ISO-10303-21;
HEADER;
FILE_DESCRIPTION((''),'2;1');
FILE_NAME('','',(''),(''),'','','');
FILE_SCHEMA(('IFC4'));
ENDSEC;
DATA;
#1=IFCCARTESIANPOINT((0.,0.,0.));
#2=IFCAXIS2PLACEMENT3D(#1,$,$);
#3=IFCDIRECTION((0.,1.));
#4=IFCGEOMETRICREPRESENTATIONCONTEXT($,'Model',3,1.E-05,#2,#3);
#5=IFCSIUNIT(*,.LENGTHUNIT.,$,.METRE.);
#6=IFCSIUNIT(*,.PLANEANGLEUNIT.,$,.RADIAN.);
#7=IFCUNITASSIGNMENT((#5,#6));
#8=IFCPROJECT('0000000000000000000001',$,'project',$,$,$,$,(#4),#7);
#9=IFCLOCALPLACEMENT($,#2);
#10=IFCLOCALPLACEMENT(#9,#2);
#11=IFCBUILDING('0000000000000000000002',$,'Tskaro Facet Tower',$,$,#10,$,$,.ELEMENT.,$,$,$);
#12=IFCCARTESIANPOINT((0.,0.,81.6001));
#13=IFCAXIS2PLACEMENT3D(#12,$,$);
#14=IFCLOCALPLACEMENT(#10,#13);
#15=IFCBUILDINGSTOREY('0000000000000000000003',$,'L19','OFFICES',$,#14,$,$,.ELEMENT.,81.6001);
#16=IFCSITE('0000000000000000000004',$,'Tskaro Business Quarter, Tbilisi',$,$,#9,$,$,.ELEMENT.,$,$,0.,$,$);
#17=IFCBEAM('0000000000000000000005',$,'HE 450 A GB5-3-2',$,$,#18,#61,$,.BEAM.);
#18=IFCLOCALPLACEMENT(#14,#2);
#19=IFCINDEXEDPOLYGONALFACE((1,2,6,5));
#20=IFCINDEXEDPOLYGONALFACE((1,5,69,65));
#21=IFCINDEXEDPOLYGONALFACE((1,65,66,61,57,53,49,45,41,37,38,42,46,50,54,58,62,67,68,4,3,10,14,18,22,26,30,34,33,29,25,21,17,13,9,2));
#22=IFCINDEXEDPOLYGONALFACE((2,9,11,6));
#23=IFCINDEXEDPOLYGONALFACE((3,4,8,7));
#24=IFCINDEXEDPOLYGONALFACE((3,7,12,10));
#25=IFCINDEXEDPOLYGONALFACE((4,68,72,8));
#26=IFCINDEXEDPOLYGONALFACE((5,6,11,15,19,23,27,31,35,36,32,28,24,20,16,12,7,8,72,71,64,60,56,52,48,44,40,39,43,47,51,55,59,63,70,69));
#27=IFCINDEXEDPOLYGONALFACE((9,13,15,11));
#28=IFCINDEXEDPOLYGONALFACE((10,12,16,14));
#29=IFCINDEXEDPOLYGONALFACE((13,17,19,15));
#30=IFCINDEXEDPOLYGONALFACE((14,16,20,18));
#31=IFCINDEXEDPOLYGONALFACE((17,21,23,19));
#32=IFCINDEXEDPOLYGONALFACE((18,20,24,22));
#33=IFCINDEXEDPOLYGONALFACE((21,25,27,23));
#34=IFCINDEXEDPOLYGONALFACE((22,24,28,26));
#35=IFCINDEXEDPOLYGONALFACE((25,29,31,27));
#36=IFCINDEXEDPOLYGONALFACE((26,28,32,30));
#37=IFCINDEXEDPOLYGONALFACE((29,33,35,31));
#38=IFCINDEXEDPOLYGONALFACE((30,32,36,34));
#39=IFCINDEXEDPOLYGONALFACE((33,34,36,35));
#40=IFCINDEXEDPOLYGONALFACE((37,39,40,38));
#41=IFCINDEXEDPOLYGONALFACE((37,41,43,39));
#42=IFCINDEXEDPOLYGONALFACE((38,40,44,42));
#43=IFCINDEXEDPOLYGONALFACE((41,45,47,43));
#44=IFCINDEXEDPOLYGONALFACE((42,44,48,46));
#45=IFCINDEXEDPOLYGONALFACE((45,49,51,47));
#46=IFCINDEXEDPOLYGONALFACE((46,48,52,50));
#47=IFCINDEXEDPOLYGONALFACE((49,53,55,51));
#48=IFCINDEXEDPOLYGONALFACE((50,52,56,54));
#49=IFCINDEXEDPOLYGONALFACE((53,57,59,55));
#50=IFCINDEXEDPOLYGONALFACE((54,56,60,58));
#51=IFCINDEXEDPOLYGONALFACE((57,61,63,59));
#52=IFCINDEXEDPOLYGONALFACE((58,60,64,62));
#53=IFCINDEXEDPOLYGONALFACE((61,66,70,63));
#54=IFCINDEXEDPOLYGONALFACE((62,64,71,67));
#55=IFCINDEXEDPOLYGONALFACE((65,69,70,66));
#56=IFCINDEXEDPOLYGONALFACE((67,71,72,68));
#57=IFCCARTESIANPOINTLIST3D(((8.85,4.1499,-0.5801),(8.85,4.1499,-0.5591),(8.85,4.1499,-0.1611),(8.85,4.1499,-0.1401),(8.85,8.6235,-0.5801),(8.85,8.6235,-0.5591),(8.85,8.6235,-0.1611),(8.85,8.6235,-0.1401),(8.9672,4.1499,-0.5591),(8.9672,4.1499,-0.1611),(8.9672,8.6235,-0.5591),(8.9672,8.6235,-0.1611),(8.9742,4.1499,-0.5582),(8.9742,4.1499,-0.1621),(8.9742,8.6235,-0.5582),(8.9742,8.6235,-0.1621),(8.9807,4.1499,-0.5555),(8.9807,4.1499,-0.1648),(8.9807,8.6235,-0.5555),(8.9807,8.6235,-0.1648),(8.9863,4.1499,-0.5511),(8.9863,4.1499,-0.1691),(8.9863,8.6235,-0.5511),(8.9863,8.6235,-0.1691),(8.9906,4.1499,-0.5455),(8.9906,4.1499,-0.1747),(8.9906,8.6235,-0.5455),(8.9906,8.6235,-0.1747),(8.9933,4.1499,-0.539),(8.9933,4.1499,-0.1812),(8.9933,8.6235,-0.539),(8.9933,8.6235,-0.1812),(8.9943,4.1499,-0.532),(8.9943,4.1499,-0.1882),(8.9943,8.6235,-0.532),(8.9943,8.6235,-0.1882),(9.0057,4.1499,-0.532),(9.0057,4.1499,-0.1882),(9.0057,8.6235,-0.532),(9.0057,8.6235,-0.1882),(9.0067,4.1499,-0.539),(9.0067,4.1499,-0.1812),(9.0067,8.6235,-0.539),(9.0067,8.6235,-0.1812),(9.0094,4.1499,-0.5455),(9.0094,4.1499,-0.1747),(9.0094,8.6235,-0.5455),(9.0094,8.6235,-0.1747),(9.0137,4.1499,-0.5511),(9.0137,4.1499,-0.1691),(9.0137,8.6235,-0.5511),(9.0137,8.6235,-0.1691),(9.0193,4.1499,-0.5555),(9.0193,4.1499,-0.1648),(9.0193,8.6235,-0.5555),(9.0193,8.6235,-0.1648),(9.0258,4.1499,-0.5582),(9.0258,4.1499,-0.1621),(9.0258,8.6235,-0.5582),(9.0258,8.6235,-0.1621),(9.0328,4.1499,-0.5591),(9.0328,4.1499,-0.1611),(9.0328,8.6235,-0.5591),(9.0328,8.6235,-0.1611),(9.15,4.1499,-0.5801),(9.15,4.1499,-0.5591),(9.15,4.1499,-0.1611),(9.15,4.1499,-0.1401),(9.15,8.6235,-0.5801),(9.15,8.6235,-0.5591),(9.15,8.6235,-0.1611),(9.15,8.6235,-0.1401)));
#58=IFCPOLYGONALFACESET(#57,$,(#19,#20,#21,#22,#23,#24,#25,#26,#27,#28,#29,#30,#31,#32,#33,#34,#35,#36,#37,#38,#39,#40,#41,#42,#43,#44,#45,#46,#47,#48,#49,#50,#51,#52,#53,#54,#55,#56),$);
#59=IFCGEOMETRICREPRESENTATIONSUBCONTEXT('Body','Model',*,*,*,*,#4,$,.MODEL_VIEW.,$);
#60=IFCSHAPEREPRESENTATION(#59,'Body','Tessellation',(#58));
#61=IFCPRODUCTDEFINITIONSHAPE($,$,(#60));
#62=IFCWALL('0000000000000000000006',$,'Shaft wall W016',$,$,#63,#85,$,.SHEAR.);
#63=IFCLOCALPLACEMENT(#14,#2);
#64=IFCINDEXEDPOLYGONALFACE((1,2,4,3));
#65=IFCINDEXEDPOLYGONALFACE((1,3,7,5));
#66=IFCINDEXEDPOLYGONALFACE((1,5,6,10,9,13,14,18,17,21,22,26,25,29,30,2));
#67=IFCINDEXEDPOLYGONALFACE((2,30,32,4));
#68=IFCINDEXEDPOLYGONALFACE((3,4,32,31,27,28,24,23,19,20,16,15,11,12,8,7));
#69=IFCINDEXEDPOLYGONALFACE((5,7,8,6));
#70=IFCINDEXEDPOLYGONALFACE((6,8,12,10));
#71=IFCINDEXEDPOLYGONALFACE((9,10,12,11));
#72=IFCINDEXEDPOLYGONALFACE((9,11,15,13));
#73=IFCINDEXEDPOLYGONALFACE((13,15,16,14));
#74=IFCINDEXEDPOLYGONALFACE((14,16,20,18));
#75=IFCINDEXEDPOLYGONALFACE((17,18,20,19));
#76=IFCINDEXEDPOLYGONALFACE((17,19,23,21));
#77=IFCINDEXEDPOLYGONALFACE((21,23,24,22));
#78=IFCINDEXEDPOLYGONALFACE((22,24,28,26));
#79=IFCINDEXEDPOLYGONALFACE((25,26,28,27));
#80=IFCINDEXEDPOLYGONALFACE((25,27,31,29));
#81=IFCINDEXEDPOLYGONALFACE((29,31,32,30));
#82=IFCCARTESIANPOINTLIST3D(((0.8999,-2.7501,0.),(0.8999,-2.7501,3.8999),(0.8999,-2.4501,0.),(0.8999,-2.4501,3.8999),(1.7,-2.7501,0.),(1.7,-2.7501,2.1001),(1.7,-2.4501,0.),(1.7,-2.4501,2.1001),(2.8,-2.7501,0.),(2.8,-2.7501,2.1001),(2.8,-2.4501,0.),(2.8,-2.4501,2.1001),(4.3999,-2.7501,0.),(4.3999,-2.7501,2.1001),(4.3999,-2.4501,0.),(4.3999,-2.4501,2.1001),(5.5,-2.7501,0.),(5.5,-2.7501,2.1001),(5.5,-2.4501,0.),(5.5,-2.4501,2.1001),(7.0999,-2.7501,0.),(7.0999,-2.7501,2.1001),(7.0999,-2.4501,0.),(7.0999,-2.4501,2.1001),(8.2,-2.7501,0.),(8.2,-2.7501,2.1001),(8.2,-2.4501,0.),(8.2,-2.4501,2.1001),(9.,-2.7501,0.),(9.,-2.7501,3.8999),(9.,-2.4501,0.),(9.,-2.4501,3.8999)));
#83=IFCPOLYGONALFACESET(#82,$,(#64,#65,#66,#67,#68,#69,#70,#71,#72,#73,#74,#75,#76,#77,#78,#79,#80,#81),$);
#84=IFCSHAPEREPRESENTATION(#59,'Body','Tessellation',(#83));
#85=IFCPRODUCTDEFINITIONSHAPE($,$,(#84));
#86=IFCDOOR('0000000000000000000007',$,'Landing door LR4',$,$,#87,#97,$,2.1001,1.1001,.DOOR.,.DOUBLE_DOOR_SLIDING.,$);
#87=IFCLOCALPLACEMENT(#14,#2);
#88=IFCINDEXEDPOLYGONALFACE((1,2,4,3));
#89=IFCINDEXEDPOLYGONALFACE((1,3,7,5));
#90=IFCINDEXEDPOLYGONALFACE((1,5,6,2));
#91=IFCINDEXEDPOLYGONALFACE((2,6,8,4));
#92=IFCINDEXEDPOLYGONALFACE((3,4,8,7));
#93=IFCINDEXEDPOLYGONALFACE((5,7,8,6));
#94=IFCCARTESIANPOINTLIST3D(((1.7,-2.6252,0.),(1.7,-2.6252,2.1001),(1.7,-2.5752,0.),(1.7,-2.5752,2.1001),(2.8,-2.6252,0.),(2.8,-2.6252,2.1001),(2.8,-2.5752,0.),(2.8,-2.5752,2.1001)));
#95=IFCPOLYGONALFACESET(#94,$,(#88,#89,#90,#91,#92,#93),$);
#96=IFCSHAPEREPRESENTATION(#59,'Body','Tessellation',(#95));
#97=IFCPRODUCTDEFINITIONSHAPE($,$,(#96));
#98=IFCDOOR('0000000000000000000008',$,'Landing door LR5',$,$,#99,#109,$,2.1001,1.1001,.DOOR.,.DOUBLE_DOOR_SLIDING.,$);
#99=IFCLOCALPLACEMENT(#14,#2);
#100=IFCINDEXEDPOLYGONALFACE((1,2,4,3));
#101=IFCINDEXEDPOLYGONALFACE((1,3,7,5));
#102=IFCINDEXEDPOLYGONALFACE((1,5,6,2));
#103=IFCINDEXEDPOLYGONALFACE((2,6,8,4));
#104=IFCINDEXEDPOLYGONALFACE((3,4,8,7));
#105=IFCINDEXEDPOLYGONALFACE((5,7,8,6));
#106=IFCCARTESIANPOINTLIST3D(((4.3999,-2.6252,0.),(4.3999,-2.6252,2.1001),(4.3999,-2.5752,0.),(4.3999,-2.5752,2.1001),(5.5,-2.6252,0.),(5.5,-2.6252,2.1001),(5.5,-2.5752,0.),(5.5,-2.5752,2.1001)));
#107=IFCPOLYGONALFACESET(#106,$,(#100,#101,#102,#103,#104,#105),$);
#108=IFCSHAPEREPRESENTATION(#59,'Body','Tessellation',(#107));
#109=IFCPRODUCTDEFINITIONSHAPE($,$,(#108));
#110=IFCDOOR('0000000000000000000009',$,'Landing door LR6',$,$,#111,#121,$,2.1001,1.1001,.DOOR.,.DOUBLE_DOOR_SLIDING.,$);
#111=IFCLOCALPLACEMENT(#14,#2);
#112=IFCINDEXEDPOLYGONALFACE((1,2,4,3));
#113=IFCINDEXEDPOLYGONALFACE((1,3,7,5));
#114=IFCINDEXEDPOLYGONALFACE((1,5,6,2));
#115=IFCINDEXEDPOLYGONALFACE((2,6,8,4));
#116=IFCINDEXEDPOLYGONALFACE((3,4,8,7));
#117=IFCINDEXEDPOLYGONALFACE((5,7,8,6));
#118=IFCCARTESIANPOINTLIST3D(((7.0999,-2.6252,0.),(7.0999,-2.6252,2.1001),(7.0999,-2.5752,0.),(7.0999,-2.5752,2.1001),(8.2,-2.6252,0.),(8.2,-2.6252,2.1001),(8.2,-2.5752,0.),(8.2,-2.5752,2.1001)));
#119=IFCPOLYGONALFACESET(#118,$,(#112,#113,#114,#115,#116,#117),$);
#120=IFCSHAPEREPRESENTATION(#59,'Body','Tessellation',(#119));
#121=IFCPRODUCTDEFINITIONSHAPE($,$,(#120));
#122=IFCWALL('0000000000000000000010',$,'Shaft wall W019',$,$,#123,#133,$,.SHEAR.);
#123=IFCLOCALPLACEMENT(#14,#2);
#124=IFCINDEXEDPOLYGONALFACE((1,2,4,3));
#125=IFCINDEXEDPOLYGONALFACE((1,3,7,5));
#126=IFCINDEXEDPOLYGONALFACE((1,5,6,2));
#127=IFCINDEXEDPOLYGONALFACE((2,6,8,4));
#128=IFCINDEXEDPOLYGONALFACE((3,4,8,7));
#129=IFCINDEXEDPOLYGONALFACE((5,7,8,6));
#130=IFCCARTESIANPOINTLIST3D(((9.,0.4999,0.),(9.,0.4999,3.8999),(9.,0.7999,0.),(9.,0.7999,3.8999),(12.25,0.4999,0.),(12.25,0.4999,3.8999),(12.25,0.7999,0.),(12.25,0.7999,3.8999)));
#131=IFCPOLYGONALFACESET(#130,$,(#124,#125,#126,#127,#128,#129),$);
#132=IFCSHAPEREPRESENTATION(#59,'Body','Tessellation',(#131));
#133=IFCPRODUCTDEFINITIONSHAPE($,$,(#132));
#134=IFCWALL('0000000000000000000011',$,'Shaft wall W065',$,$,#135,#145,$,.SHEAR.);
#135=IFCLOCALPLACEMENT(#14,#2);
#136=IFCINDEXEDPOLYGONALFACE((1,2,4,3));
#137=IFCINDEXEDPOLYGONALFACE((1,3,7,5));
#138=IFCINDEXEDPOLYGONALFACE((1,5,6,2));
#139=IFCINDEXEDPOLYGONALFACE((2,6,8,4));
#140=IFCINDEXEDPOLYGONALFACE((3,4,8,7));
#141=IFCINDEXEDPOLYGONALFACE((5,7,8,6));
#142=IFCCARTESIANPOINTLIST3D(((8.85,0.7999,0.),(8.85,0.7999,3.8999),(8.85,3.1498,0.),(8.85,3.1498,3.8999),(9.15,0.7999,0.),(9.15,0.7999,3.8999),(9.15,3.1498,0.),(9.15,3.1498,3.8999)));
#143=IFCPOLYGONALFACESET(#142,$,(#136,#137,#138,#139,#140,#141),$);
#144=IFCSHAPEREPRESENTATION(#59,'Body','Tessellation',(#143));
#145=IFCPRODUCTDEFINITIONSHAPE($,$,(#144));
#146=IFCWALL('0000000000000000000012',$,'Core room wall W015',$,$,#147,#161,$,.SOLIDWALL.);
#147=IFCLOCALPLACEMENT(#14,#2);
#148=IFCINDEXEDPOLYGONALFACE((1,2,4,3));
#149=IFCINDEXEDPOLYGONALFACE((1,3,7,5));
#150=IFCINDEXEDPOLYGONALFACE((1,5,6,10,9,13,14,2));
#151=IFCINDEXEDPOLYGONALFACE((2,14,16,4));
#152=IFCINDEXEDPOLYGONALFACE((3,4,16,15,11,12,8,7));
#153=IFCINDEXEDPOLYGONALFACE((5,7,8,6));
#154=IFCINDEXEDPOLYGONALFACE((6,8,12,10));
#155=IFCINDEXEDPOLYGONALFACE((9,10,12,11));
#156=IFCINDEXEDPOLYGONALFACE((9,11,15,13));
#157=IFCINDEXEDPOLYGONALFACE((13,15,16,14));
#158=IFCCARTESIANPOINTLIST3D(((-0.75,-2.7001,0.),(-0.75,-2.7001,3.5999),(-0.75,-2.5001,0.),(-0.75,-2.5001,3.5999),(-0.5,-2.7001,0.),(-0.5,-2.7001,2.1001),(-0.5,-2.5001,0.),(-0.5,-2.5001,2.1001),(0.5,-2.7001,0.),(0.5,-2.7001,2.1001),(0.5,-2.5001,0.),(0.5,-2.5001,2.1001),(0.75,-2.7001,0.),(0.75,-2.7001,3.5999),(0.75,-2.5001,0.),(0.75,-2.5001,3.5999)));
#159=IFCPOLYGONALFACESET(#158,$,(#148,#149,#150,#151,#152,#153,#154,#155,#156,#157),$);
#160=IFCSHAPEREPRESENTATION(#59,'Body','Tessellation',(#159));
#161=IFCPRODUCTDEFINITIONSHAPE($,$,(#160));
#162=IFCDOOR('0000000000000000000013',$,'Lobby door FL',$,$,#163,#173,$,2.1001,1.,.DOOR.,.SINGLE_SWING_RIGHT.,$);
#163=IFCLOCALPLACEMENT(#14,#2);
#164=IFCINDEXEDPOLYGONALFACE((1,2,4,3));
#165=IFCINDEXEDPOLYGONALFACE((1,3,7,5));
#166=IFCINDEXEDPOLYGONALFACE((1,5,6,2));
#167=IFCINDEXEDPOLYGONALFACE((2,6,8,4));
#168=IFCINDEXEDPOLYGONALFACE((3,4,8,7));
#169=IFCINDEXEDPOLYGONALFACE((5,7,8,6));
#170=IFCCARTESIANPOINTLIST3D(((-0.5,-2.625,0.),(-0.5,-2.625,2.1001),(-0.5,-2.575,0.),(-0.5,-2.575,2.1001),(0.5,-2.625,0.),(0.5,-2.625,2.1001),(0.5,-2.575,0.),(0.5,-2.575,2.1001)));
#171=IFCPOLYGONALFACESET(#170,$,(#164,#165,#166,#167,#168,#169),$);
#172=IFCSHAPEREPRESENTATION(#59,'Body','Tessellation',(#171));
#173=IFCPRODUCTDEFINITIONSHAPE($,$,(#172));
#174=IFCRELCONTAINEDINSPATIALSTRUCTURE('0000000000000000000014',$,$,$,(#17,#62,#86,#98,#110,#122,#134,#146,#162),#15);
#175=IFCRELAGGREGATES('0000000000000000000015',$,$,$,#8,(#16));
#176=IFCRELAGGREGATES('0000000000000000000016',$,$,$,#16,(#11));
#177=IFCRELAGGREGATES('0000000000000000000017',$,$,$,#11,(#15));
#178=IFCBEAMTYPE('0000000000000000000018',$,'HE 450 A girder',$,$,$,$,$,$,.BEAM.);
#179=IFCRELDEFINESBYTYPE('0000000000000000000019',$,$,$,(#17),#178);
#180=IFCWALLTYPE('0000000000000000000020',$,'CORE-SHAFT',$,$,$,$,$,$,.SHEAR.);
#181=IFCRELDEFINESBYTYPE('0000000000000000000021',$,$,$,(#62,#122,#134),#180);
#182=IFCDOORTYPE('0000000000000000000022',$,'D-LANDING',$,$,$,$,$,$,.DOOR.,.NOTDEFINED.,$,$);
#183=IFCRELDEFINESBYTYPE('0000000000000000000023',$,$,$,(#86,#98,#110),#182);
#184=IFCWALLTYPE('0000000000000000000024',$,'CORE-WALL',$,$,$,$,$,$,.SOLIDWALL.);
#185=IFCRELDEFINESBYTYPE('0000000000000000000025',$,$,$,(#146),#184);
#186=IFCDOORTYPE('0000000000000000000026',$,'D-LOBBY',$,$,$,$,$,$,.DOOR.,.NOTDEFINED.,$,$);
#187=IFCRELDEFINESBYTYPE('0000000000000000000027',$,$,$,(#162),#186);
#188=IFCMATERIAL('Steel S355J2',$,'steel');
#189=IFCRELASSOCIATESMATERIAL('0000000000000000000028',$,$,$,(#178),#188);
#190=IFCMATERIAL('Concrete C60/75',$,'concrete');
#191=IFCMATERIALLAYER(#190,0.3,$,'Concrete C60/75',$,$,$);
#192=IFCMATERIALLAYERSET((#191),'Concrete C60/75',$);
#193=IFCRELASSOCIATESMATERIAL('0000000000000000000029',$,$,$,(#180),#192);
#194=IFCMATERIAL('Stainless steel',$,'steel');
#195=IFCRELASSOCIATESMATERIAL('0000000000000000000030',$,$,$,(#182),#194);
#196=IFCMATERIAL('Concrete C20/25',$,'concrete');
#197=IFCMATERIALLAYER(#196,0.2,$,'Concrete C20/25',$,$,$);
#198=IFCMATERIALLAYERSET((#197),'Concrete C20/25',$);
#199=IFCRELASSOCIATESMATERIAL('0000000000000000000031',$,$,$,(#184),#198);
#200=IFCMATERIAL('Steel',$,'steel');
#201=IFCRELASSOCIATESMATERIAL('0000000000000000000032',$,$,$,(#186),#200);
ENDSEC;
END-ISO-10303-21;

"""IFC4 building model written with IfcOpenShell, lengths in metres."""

from ifc_helpers import new_model, si_unit, direction, frame, frame_2d, origin, origin_2d, place, context, subcontext, project, spatial, rectangle, i_section, extrude, material, layer, layer_set, material_profile, profile_set, type_object, element, fill, save


model = new_model("IFC4")

# Units and contexts
model_context = context("Model", 3, precision=1e-05, world=origin(), true_north=direction((0.0, 1.0)))
body_context = subcontext(model_context, "Body", "Model", "MODEL_VIEW")
ifc_project = project(units=[si_unit("LENGTHUNIT", "METRE"), si_unit("PLANEANGLEUNIT", "RADIAN")], contexts=[model_context])

# Site, building, storey
site_placement = place(None, origin())
site = spatial("IfcSite", under=ifc_project, at=site_placement, Name="Tskaro Business Quarter, Tbilisi", CompositionType="ELEMENT", RefElevation=0.0)
building_placement = place(site_placement, origin())
building = spatial("IfcBuilding", under=site, at=building_placement, Name="Tskaro Facet Tower", CompositionType="ELEMENT")
storey_placement = place(building_placement, frame((0.0, 0.0, 81.6001)))
storey = spatial("IfcBuildingStorey", under=building, at=storey_placement, Name="L19", Description="OFFICES", CompositionType="ELEMENT", Elevation=81.6001)

# Beam
ifc_material_1 = material(Name="Steel S355J2", Category="steel")
ifc_material_profile = material_profile(ifc_material_1, i_section(OverallWidth=0.3, OverallDepth=0.4399, WebThickness=0.0115, FlangeThickness=0.021, FilletRadius=0.0271, at=origin_2d()), Name="HE 450 A")
ifc_profile_set = profile_set([ifc_material_profile], Name="Steel S355J2")
beam_type = type_object("IfcBeamType", Name="HE 450 A girder", PredefinedType="BEAM", material=ifc_profile_set)
beam_placement = place(storey_placement, frame((9.0, 4.1499, -0.3601), z_axis=(0.0, 1.0, 0.0), x_axis=(-1.0, 0.0, 0.0)))
element("IfcBeam", 1, at=beam_placement, inside=storey, type_object=beam_type, Name="HE 450 A GB5-3-2", PredefinedType="BEAM", context=body_context, shape_type="SweptSolid", body=[
    extrude(i_section(OverallWidth=0.3, OverallDepth=0.4399, WebThickness=0.0115, FlangeThickness=0.021, FilletRadius=0.0271, at=origin_2d()), origin(), (0.0, 0.0, 1.0), 4.4736),
])

# Wall, openings, doors
ifc_material_2 = material(Name="Concrete C60/75", Category="concrete")
ifc_layer_1 = layer(ifc_material_2, 0.3, Name="Concrete C60/75")
ifc_layer_set_1 = layer_set([ifc_layer_1], Name="Concrete C60/75")
wall_type_1 = type_object("IfcWallType", Name="CORE-SHAFT", PredefinedType="SHEAR", material=ifc_layer_set_1)
wall_1_placement = place(storey_placement, frame((0.8999, -2.6001, 0.0), z_axis=(0.0, 0.0, 1.0), x_axis=(1.0, 0.0, 0.0)))
wall_1 = element("IfcWall", 2, at=wall_1_placement, inside=storey, type_object=wall_type_1, Name="Shaft wall W016", PredefinedType="SHEAR", context=body_context, shape_type="SweptSolid", body=[
    extrude(rectangle(XDim=8.1001, YDim=0.3, at=frame_2d((4.05, 0.0))), origin(), (0.0, 0.0, 1.0), 3.8999),
])
opening_1_placement = place(wall_1_placement, frame((0.8, 0.0, 0.0)))
opening_1 = element("IfcOpeningElement", 3, at=opening_1_placement, cuts=wall_1, PredefinedType="OPENING", context=body_context, shape_type="SweptSolid", body=[
    extrude(rectangle(XDim=1.1001, YDim=2.1001, at=frame_2d((0.55, 1.05))), frame((0.0, 0.1599, 0.0), z_axis=(0.0, -1.0, 0.0), x_axis=(1.0, 0.0, 0.0)), (0.0, 0.0, 1.0), 0.3201),
])
opening_2_placement = place(wall_1_placement, frame((3.5, 0.0, 0.0)))
opening_2 = element("IfcOpeningElement", 4, at=opening_2_placement, cuts=wall_1, PredefinedType="OPENING", context=body_context, shape_type="SweptSolid", body=[
    extrude(rectangle(XDim=1.1001, YDim=2.1001, at=frame_2d((0.55, 1.05))), frame((0.0, 0.1599, 0.0), z_axis=(0.0, -1.0, 0.0), x_axis=(1.0, 0.0, 0.0)), (0.0, 0.0, 1.0), 0.3201),
])
opening_3_placement = place(wall_1_placement, frame((6.2, 0.0, 0.0)))
opening_3 = element("IfcOpeningElement", 5, at=opening_3_placement, cuts=wall_1, PredefinedType="OPENING", context=body_context, shape_type="SweptSolid", body=[
    extrude(rectangle(XDim=1.1001, YDim=2.1001, at=frame_2d((0.55, 1.05))), frame((0.0, 0.1599, 0.0), z_axis=(0.0, -1.0, 0.0), x_axis=(1.0, 0.0, 0.0)), (0.0, 0.0, 1.0), 0.3201),
])
ifc_material_3 = material(Name="Stainless steel", Category="steel")
door_type_1 = type_object("IfcDoorType", Name="D-LANDING", OperationType="NOTDEFINED", PredefinedType="DOOR", material=ifc_material_3)
door_1_placement = place(opening_1_placement, origin())
door_1 = element("IfcDoor", 6, at=door_1_placement, inside=storey, type_object=door_type_1, Name="Landing door LR4", OperationType="DOUBLE_DOOR_SLIDING", OverallHeight=2.1001, OverallWidth=1.1001, PredefinedType="DOOR", context=body_context, shape_type="SweptSolid", body=[
    extrude(rectangle(XDim=1.1001, YDim=2.1001, at=frame_2d((0.55, 1.05))), frame((0.0, 0.0249, 0.0), z_axis=(0.0, -1.0, 0.0), x_axis=(1.0, 0.0, 0.0)), (0.0, 0.0, 1.0), 0.05),
])
fill(opening_1, door_1)
door_2_placement = place(opening_2_placement, origin())
door_2 = element("IfcDoor", 7, at=door_2_placement, inside=storey, type_object=door_type_1, Name="Landing door LR5", OperationType="DOUBLE_DOOR_SLIDING", OverallHeight=2.1001, OverallWidth=1.1001, PredefinedType="DOOR", context=body_context, shape_type="SweptSolid", body=[
    extrude(rectangle(XDim=1.1001, YDim=2.1001, at=frame_2d((0.55, 1.05))), frame((0.0, 0.0249, 0.0), z_axis=(0.0, -1.0, 0.0), x_axis=(1.0, 0.0, 0.0)), (0.0, 0.0, 1.0), 0.05),
])
fill(opening_2, door_2)
door_3_placement = place(opening_3_placement, origin())
door_3 = element("IfcDoor", 8, at=door_3_placement, inside=storey, type_object=door_type_1, Name="Landing door LR6", OperationType="DOUBLE_DOOR_SLIDING", OverallHeight=2.1001, OverallWidth=1.1001, PredefinedType="DOOR", context=body_context, shape_type="SweptSolid", body=[
    extrude(rectangle(XDim=1.1001, YDim=2.1001, at=frame_2d((0.55, 1.05))), frame((0.0, 0.0249, 0.0), z_axis=(0.0, -1.0, 0.0), x_axis=(1.0, 0.0, 0.0)), (0.0, 0.0, 1.0), 0.05),
])
fill(opening_3, door_3)

# Walls
wall_2_placement = place(storey_placement, frame((12.25, 0.6499, 0.0), z_axis=(0.0, 0.0, 1.0), x_axis=(-1.0, 0.0, 0.0)))
element("IfcWall", 9, at=wall_2_placement, inside=storey, type_object=wall_type_1, Name="Shaft wall W019", PredefinedType="SHEAR", context=body_context, shape_type="SweptSolid", body=[
    extrude(rectangle(XDim=3.25, YDim=0.3, at=frame_2d((1.625, 0.0))), origin(), (0.0, 0.0, 1.0), 3.8999),
])
wall_3_placement = place(storey_placement, frame((9.0, 0.8, 0.0), z_axis=(0.0, 0.0, 1.0), x_axis=(0.0, 1.0, 0.0)))
element("IfcWall", 10, at=wall_3_placement, inside=storey, type_object=wall_type_1, Name="Shaft wall W065", PredefinedType="SHEAR", context=body_context, shape_type="SweptSolid", body=[
    extrude(rectangle(XDim=2.3499, YDim=0.3, at=frame_2d((1.1748, 0.0))), origin(), (0.0, 0.0, 1.0), 3.8999),
])

# Wall, opening, door
ifc_material_4 = material(Name="Concrete C20/25", Category="concrete")
ifc_layer_2 = layer(ifc_material_4, 0.2, Name="Concrete C20/25")
ifc_layer_set_2 = layer_set([ifc_layer_2], Name="Concrete C20/25")
wall_type_2 = type_object("IfcWallType", Name="CORE-WALL", PredefinedType="SOLIDWALL", material=ifc_layer_set_2)
wall_4_placement = place(storey_placement, frame((0.75, -2.6001, 0.0), z_axis=(0.0, 0.0, 1.0), x_axis=(-1.0, 0.0, 0.0)))
wall_4 = element("IfcWall", 11, at=wall_4_placement, inside=storey, type_object=wall_type_2, Name="Core room wall W015", PredefinedType="SOLIDWALL", context=body_context, shape_type="SweptSolid", body=[
    extrude(rectangle(XDim=1.5, YDim=0.2, at=frame_2d((0.75, 0.0))), origin(), (0.0, 0.0, 1.0), 3.5999),
])
opening_4_placement = place(wall_4_placement, frame((0.25, 0.0, 0.0)))
opening_4 = element("IfcOpeningElement", 12, at=opening_4_placement, cuts=wall_4, PredefinedType="OPENING", context=body_context, shape_type="SweptSolid", body=[
    extrude(rectangle(XDim=1.0, YDim=2.1001, at=frame_2d((0.5, 1.05))), frame((0.0, 0.1099, 0.0), z_axis=(0.0, -1.0, 0.0), x_axis=(1.0, 0.0, 0.0)), (0.0, 0.0, 1.0), 0.22),
])
ifc_material_5 = material(Name="Steel", Category="steel")
door_type_2 = type_object("IfcDoorType", Name="D-LOBBY", OperationType="NOTDEFINED", PredefinedType="DOOR", material=ifc_material_5)
door_4_placement = place(opening_4_placement, origin())
door_4 = element("IfcDoor", 13, at=door_4_placement, inside=storey, type_object=door_type_2, Name="Lobby door FL", OperationType="SINGLE_SWING_RIGHT", OverallHeight=2.1001, OverallWidth=1.0, PredefinedType="DOOR", context=body_context, shape_type="SweptSolid", body=[
    extrude(rectangle(XDim=1.0, YDim=2.1001, at=frame_2d((0.5, 1.05))), frame((0.0, 0.0249, 0.0), z_axis=(0.0, -1.0, 0.0), x_axis=(1.0, 0.0, 0.0)), (0.0, 0.0, 1.0), 0.05),
])
fill(opening_4, door_4)

save(model, "model.ifc")
